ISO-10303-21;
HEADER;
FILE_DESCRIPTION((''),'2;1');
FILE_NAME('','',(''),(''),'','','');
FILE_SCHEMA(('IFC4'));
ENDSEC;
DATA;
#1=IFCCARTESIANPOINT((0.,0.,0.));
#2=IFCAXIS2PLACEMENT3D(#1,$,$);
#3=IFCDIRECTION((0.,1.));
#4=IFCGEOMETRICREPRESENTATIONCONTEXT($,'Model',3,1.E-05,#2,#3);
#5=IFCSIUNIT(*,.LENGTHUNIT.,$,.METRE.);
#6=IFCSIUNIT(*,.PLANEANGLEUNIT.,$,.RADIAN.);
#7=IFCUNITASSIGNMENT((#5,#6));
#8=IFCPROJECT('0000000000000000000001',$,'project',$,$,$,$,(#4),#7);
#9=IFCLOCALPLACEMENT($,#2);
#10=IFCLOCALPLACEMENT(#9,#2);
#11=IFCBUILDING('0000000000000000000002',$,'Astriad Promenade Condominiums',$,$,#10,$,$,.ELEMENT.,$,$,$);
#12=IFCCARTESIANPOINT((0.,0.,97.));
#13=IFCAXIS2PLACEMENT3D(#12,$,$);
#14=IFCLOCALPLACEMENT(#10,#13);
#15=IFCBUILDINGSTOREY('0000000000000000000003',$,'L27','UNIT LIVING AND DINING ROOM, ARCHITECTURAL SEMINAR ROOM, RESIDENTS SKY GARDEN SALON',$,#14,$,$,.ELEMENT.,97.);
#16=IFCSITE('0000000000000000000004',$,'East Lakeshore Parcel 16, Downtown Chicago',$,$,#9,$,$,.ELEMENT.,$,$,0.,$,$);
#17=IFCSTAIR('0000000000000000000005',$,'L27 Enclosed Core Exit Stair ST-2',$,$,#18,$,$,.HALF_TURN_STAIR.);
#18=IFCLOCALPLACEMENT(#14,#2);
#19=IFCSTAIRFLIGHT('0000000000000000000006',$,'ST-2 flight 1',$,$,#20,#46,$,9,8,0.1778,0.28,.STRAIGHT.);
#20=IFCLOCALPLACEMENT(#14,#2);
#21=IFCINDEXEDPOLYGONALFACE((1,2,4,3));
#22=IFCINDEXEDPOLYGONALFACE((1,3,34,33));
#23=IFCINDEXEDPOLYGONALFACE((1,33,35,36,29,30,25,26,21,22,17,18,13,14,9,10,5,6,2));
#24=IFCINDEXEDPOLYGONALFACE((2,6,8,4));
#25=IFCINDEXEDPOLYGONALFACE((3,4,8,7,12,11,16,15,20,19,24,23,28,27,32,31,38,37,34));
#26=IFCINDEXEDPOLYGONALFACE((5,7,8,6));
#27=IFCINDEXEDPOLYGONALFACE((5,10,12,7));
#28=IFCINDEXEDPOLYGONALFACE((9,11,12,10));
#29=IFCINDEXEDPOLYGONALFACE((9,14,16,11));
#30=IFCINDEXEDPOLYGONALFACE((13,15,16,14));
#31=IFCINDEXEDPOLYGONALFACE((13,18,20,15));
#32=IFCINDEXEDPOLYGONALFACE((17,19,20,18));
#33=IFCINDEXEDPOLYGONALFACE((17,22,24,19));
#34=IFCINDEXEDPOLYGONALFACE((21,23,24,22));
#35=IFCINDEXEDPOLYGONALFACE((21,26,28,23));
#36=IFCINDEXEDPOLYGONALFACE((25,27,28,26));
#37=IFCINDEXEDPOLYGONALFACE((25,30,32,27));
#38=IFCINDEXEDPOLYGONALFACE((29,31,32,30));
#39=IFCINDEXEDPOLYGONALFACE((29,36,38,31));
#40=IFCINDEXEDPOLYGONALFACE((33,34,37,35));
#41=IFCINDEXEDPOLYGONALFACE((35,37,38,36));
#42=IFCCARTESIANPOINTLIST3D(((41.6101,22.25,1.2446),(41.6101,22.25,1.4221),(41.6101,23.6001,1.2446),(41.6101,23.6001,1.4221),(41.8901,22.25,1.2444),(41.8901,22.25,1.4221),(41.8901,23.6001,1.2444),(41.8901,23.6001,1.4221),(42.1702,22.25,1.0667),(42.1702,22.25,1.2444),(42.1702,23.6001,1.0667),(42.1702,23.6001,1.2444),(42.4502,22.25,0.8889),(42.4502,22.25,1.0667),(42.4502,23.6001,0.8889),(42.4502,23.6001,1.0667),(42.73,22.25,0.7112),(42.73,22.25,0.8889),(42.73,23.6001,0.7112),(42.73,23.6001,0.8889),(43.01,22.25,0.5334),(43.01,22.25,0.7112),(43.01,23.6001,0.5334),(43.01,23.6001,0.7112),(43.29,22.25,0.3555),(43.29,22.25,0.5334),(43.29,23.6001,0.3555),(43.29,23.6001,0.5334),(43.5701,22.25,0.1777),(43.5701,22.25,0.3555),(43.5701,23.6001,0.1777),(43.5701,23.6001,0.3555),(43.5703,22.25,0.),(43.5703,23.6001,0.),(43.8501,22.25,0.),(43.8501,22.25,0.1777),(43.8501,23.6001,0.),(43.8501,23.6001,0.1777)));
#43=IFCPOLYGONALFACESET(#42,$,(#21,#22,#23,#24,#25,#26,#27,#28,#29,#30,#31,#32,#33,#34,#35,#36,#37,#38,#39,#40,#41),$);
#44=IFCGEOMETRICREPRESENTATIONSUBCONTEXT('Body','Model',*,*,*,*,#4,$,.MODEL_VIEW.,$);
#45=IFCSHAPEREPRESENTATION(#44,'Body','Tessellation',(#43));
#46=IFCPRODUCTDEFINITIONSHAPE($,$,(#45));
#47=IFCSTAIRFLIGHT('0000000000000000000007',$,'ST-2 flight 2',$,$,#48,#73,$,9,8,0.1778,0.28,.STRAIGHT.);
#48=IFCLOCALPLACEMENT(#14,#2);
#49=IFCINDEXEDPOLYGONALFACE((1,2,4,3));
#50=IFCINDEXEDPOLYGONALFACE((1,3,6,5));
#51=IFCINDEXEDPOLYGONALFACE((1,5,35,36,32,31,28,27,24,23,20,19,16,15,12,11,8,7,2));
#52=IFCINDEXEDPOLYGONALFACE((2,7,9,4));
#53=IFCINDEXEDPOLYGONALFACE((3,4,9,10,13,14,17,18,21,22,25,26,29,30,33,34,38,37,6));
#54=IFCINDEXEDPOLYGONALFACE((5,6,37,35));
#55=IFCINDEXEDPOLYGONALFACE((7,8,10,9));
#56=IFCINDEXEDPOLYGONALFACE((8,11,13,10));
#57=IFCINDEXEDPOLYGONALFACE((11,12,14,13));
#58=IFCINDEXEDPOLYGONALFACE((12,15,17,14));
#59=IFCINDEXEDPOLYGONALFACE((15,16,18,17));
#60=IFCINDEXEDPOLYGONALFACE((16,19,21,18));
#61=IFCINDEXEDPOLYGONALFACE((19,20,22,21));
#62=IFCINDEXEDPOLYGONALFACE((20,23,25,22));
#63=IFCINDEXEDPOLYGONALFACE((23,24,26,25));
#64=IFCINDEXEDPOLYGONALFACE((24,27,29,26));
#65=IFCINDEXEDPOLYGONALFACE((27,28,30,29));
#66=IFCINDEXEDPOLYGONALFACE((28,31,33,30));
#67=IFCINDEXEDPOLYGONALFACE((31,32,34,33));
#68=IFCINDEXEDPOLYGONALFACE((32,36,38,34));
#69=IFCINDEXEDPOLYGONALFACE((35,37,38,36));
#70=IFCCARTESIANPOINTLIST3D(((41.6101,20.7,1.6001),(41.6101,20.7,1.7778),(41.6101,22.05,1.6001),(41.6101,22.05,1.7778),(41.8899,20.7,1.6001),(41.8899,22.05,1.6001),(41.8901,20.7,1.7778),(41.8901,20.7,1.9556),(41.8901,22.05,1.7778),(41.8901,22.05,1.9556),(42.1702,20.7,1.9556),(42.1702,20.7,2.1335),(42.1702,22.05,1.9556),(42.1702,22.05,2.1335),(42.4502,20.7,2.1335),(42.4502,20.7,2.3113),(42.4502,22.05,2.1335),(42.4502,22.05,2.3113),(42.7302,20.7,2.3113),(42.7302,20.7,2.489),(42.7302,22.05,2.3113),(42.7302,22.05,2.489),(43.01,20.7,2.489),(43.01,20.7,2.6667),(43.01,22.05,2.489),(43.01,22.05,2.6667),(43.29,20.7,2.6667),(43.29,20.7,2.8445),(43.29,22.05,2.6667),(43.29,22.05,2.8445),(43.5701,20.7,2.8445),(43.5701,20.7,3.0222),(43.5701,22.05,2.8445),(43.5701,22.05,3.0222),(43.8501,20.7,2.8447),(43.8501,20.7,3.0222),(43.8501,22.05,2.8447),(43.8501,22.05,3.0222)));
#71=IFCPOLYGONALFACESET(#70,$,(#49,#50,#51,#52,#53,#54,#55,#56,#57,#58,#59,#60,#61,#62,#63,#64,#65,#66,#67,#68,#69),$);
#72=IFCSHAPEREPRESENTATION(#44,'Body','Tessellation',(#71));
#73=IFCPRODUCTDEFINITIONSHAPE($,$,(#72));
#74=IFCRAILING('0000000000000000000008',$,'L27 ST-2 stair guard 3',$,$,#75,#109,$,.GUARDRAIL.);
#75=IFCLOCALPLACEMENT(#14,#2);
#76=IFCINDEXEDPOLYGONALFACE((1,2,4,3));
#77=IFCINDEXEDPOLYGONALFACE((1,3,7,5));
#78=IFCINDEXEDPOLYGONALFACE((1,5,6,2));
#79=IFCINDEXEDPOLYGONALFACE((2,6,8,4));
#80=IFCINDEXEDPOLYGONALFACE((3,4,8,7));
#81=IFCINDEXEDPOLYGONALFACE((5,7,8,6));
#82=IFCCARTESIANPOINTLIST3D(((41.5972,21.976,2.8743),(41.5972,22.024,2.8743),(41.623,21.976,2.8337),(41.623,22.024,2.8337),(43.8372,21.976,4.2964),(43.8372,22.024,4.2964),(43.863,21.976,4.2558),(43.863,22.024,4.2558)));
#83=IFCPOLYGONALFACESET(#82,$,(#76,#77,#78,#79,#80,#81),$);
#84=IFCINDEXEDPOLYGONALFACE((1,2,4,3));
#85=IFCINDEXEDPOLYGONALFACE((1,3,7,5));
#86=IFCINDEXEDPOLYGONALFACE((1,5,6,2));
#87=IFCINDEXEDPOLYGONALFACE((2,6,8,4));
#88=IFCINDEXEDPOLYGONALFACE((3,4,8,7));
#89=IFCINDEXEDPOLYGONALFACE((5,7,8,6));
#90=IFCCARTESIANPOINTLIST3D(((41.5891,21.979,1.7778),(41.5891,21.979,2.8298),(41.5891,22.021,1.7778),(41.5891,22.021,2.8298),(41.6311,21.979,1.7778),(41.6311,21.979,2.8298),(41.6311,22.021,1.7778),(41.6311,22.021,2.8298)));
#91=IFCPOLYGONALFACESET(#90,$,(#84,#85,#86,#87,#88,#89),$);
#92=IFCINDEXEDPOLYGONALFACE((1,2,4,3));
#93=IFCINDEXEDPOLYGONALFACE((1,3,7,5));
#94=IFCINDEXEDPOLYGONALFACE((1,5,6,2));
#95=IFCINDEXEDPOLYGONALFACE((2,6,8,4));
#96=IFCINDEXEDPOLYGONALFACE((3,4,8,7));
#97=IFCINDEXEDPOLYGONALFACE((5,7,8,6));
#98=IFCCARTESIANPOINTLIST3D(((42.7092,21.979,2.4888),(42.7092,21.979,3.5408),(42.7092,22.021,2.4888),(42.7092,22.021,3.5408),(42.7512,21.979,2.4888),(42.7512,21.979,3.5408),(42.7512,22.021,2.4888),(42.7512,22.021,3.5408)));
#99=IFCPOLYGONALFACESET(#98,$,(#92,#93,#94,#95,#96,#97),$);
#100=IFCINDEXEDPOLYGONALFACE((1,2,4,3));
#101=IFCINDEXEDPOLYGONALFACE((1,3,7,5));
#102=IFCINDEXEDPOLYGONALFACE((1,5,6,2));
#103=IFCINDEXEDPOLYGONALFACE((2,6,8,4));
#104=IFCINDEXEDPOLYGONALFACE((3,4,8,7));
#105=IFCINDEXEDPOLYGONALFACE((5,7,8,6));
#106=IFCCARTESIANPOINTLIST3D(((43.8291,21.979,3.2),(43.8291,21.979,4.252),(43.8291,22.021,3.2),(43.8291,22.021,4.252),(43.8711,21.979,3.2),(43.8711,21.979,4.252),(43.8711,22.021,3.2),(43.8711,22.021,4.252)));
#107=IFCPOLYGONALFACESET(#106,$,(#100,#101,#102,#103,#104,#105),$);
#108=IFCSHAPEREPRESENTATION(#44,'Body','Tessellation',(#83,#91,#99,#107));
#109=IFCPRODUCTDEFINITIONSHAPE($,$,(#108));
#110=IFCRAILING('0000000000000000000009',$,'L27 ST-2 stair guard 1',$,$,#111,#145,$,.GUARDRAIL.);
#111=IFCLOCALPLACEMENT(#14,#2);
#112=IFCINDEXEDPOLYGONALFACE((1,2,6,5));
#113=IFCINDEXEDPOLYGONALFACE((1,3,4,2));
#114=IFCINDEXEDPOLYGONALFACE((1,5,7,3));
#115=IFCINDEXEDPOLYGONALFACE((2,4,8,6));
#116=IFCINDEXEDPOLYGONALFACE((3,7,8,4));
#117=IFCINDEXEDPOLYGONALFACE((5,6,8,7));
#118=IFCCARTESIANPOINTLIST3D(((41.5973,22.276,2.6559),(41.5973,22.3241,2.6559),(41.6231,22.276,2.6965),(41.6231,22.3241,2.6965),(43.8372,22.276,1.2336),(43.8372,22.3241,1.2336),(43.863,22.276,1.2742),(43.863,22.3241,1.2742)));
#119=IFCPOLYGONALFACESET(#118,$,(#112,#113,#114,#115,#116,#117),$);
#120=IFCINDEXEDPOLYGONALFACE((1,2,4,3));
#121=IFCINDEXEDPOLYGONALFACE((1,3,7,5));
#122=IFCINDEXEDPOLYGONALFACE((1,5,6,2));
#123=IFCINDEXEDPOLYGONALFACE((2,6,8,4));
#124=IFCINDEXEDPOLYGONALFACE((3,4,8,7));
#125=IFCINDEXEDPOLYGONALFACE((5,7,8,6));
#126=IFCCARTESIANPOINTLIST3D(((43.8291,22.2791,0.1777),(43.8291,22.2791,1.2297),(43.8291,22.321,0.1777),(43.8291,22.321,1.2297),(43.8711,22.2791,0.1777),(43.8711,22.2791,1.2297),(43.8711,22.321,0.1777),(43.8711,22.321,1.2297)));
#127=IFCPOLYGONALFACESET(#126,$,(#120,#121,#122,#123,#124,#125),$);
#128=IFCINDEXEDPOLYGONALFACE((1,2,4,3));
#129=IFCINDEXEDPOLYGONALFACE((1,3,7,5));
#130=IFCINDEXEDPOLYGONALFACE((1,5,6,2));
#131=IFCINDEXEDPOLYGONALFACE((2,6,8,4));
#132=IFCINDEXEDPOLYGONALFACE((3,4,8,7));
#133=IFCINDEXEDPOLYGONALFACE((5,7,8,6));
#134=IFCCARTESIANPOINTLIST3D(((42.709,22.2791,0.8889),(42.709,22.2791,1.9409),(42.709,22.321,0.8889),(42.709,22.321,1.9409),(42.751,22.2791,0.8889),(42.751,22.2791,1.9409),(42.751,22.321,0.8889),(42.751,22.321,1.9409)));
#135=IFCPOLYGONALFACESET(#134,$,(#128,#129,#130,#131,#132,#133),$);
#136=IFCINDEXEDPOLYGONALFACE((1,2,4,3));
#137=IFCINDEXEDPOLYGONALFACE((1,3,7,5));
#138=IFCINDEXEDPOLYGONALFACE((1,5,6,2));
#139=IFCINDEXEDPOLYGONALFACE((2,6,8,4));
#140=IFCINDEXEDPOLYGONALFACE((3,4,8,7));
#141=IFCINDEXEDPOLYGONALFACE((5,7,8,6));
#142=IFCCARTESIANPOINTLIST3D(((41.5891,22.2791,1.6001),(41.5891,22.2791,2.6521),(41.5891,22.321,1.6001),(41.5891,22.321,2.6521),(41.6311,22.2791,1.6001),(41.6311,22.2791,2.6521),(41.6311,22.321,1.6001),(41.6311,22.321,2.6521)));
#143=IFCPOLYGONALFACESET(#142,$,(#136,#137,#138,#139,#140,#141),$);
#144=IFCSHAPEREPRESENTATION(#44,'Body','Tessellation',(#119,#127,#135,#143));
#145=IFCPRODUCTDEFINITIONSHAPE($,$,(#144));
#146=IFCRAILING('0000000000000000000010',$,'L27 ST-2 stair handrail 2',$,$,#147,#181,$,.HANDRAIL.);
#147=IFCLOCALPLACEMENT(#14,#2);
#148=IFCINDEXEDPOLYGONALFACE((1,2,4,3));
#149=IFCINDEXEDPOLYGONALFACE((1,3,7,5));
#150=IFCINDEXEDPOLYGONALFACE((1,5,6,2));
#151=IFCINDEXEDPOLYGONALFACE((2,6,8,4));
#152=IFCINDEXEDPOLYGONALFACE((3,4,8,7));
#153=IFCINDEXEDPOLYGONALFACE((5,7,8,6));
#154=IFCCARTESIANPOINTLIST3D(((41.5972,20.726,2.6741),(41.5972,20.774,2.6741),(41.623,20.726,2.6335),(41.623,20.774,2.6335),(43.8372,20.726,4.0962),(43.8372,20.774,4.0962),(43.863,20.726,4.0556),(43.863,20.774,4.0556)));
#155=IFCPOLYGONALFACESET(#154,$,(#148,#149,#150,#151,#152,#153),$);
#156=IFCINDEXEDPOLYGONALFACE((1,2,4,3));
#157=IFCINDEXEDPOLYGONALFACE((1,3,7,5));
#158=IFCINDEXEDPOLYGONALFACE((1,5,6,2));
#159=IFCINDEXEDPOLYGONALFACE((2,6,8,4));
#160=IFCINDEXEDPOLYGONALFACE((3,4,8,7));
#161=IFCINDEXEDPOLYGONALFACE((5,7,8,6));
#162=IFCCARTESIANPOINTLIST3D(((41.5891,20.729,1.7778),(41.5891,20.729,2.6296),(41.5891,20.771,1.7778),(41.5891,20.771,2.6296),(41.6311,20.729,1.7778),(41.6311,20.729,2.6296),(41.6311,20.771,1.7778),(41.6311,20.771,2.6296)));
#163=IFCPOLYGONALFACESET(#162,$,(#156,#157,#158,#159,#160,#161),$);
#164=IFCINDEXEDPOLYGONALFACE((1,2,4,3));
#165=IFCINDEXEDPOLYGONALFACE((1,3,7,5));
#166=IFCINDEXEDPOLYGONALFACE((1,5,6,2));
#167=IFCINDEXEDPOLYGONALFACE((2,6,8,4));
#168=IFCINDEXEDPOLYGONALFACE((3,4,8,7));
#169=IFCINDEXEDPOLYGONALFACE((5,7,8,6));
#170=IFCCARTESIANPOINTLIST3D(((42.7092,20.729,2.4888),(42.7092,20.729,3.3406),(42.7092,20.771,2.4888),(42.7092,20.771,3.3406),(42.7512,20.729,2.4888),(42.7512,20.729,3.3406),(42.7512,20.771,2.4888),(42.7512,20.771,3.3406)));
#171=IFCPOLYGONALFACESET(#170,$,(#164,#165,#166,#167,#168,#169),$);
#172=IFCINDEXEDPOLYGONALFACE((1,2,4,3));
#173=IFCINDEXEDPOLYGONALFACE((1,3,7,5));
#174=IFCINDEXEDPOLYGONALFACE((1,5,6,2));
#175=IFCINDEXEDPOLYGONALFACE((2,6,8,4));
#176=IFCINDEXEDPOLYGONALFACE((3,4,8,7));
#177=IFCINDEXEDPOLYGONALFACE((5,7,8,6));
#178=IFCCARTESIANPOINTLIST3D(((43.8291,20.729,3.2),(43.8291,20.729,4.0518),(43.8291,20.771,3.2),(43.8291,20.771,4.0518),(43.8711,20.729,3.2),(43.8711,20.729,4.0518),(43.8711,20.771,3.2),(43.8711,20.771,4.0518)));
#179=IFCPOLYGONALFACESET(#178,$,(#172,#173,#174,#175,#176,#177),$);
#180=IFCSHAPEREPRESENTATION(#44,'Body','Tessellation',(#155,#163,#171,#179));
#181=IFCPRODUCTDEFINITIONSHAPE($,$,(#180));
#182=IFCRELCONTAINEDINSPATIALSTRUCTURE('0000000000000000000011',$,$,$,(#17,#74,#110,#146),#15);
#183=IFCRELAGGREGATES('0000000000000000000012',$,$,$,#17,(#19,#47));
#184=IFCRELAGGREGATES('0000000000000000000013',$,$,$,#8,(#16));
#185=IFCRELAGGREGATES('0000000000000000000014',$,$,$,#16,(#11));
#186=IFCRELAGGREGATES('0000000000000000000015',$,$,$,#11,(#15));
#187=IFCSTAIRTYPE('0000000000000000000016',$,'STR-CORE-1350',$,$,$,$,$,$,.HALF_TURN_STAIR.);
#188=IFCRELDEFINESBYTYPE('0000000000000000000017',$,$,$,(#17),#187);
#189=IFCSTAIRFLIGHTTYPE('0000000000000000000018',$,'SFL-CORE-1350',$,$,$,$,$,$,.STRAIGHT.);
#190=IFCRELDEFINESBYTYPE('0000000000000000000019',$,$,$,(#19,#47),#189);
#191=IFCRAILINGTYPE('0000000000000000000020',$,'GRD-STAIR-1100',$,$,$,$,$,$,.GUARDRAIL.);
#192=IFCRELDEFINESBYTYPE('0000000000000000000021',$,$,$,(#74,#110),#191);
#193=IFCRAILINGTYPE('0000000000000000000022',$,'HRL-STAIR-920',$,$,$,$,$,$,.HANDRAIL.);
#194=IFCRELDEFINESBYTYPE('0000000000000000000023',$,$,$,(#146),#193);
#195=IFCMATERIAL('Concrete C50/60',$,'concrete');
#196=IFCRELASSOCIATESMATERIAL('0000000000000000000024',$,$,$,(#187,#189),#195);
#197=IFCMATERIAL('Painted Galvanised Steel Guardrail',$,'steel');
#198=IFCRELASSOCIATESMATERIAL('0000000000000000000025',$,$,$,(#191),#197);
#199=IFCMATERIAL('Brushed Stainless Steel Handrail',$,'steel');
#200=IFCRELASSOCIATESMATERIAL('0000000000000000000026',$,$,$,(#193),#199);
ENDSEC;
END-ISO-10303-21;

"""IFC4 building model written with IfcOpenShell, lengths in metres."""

from ifc_helpers import new_model, si_unit, direction, frame, origin, origin_2d, place, context, subcontext, project, spatial, polyline, rectangle, outline, extrude, source, transform, mapped, material, type_object, type_shapes, element, aggregate, save


model = new_model("IFC4")

# Units and contexts
model_context = context("Model", 3, precision=1e-05, world=origin(), true_north=direction((0.0, 1.0)))
body_context = subcontext(model_context, "Body", "Model", "MODEL_VIEW")
ifc_project = project(units=[si_unit("LENGTHUNIT", "METRE"), si_unit("PLANEANGLEUNIT", "RADIAN")], contexts=[model_context])

# Site, building, storey
site_placement = place(None, origin())
site = spatial("IfcSite", under=ifc_project, at=site_placement, Name="East Lakeshore Parcel 16, Downtown Chicago", CompositionType="ELEMENT", RefElevation=0.0)
building_placement = place(site_placement, origin())
building = spatial("IfcBuilding", under=site, at=building_placement, Name="Astriad Promenade Condominiums", CompositionType="ELEMENT")
storey_placement = place(building_placement, frame((0.0, 0.0, 97.0)))
storey = spatial("IfcBuildingStorey", under=building, at=storey_placement, Name="L27", Description="UNIT LIVING AND DINING ROOM, ARCHITECTURAL SEMINAR ROOM, RESIDENTS SKY GARDEN SALON", CompositionType="ELEMENT", Elevation=97.0)

# Shared definitions
ifc_material_1 = material(Name="Concrete C50/60", Category="concrete")

# Stair, stair flights
stair_type = type_object("IfcStairType", Name="STR-CORE-1350", PredefinedType="HALF_TURN_STAIR", material=ifc_material_1)
stair_placement = place(storey_placement, origin())
stair = element("IfcStair", 1, at=stair_placement, inside=storey, type_object=stair_type, Name="L27 Enclosed Core Exit Stair ST-2", PredefinedType="HALF_TURN_STAIR")
stair_flight_type = type_object("IfcStairFlightType", Name="SFL-CORE-1350", PredefinedType="STRAIGHT", material=ifc_material_1)
shared_shape_1 = source(origin(), body_context, "Body", "SweptSolid", [
    extrude(outline(polyline([(0.0, 0.0), (0.0, 0.1777), (0.28, 0.1777), (0.28, 0.3555), (0.5601, 0.3555), (0.5601, 0.5334), (0.8401, 0.5334), (0.8401, 0.7112), (1.1201, 0.7112), (1.1201, 0.8889), (1.3999, 0.8889), (1.3999, 1.0667), (1.6799, 1.0667), (1.6799, 1.2444), (1.96, 1.2444), (1.96, 1.4221), (2.24, 1.4221), (2.24, 1.6001), (2.24, 1.2446), (0.2798, 0.0), (0.0, 0.0)])), frame((0.0, 0.675, 0.0), z_axis=(0.0, -1.0, 0.0), x_axis=(1.0, 0.0, 0.0)), (0.0, 0.0, 1.0), 1.3501),
])
type_shapes(stair_flight_type, [shared_shape_1])
stair_flight_1_placement = place(storey_placement, frame((43.8501, 22.925, 0.0), z_axis=(0.0, 0.0, 1.0), x_axis=(-1.0, 0.0, 0.0)))
stair_flight_1 = element("IfcStairFlight", 2, at=stair_flight_1_placement, type_object=stair_flight_type, Name="ST-2 flight 1", NumberOfRisers=9, NumberOfTreads=8, PredefinedType="STRAIGHT", RiserHeight=0.1778, TreadLength=0.28, context=body_context, shape_type="MappedRepresentation", body=[
    mapped(shared_shape_1, transform((0.0, 0.0, 0.0), scale=1.0)),
])
stair_flight_2_placement = place(storey_placement, frame((41.6101, 21.375, 1.6001), z_axis=(0.0, 0.0, 1.0), x_axis=(1.0, 0.0, 0.0)))
stair_flight_2 = element("IfcStairFlight", 3, at=stair_flight_2_placement, type_object=stair_flight_type, Name="ST-2 flight 2", NumberOfRisers=9, NumberOfTreads=8, PredefinedType="STRAIGHT", RiserHeight=0.1778, TreadLength=0.28, context=body_context, shape_type="MappedRepresentation", body=[
    mapped(shared_shape_1, transform((0.0, 0.0, 0.0), scale=1.0)),
])
aggregate(stair, [stair_flight_1, stair_flight_2])

# Railings
ifc_material_2 = material(Name="Painted Galvanised Steel Guardrail", Category="steel")
railing_type_1 = type_object("IfcRailingType", Name="GRD-STAIR-1100", PredefinedType="GUARDRAIL", material=ifc_material_2)
shared_shape_2 = source(origin(), body_context, "Body", "SweptSolid", [
    extrude(rectangle(XDim=0.0481, YDim=0.0481, at=origin_2d()), frame((0.0, 0.0, 1.0762), z_axis=(0.844229, 0.0, 0.535982), x_axis=(0.0, 1.0, 0.0)), (0.0, 0.0, 1.0), 2.6533),
    extrude(rectangle(XDim=0.042, YDim=0.042, at=origin_2d()), origin(), (0.0, 0.0, 1.0), 1.052),
    extrude(rectangle(XDim=0.042, YDim=0.042, at=origin_2d()), frame((1.1201, 0.0, 0.7109)), (0.0, 0.0, 1.0), 1.052),
    extrude(rectangle(XDim=0.042, YDim=0.042, at=origin_2d()), frame((2.24, 0.0, 1.4221)), (0.0, 0.0, 1.0), 1.052),
])
railing_1_placement = place(storey_placement, frame((41.6101, 22.0, 1.7778)))
element("IfcRailing", 4, at=railing_1_placement, inside=storey, type_object=railing_type_1, Name="L27 ST-2 stair guard 3", PredefinedType="GUARDRAIL", context=body_context, shape_type="MappedRepresentation", body=[
    mapped(shared_shape_2, transform((0.0, 0.0, 0.0), scale=1.0)),
])
shared_shape_3 = source(origin(), body_context, "Body", "SweptSolid", [
    extrude(rectangle(XDim=0.0481, YDim=0.0481, at=origin_2d()), frame((0.0, 0.0, 1.0762), z_axis=(-0.844188, 0.0, 0.536048), x_axis=(0.0, -1.0, 0.0)), (0.0, 0.0, 1.0), 2.6533),
    extrude(rectangle(XDim=0.042, YDim=0.042, at=origin_2d()), origin(), (0.0, 0.0, 1.0), 1.052),
    extrude(rectangle(XDim=0.042, YDim=0.042, at=origin_2d()), frame((-1.1201, 0.0, 0.7112)), (0.0, 0.0, 1.0), 1.052),
    extrude(rectangle(XDim=0.042, YDim=0.042, at=origin_2d()), frame((-2.24, 0.0, 1.4224)), (0.0, 0.0, 1.0), 1.052),
])
railing_2_placement = place(storey_placement, frame((43.8501, 22.3, 0.1777)))
element("IfcRailing", 5, at=railing_2_placement, inside=storey, type_object=railing_type_1, Name="L27 ST-2 stair guard 1", PredefinedType="GUARDRAIL", context=body_context, shape_type="MappedRepresentation", body=[
    mapped(shared_shape_3, transform((0.0, 0.0, 0.0), scale=1.0)),
])
ifc_material_3 = material(Name="Brushed Stainless Steel Handrail", Category="steel")
railing_type_2 = type_object("IfcRailingType", Name="HRL-STAIR-920", PredefinedType="HANDRAIL", material=ifc_material_3)
shared_shape_4 = source(origin(), body_context, "Body", "SweptSolid", [
    extrude(rectangle(XDim=0.0481, YDim=0.0481, at=origin_2d()), frame((0.0, 0.0, 0.876), z_axis=(0.844229, 0.0, 0.535982), x_axis=(0.0, 1.0, 0.0)), (0.0, 0.0, 1.0), 2.6533),
    extrude(rectangle(XDim=0.042, YDim=0.042, at=origin_2d()), origin(), (0.0, 0.0, 1.0), 0.8518),
    extrude(rectangle(XDim=0.042, YDim=0.042, at=origin_2d()), frame((1.1201, 0.0, 0.7109)), (0.0, 0.0, 1.0), 0.8518),
    extrude(rectangle(XDim=0.042, YDim=0.042, at=origin_2d()), frame((2.24, 0.0, 1.4221)), (0.0, 0.0, 1.0), 0.8518),
])
railing_3_placement = place(storey_placement, frame((41.6101, 20.75, 1.7778)))
element("IfcRailing", 6, at=railing_3_placement, inside=storey, type_object=railing_type_2, Name="L27 ST-2 stair handrail 2", PredefinedType="HANDRAIL", context=body_context, shape_type="MappedRepresentation", body=[
    mapped(shared_shape_4, transform((0.0, 0.0, 0.0), scale=1.0)),
])

save(model, "model.ifc")
